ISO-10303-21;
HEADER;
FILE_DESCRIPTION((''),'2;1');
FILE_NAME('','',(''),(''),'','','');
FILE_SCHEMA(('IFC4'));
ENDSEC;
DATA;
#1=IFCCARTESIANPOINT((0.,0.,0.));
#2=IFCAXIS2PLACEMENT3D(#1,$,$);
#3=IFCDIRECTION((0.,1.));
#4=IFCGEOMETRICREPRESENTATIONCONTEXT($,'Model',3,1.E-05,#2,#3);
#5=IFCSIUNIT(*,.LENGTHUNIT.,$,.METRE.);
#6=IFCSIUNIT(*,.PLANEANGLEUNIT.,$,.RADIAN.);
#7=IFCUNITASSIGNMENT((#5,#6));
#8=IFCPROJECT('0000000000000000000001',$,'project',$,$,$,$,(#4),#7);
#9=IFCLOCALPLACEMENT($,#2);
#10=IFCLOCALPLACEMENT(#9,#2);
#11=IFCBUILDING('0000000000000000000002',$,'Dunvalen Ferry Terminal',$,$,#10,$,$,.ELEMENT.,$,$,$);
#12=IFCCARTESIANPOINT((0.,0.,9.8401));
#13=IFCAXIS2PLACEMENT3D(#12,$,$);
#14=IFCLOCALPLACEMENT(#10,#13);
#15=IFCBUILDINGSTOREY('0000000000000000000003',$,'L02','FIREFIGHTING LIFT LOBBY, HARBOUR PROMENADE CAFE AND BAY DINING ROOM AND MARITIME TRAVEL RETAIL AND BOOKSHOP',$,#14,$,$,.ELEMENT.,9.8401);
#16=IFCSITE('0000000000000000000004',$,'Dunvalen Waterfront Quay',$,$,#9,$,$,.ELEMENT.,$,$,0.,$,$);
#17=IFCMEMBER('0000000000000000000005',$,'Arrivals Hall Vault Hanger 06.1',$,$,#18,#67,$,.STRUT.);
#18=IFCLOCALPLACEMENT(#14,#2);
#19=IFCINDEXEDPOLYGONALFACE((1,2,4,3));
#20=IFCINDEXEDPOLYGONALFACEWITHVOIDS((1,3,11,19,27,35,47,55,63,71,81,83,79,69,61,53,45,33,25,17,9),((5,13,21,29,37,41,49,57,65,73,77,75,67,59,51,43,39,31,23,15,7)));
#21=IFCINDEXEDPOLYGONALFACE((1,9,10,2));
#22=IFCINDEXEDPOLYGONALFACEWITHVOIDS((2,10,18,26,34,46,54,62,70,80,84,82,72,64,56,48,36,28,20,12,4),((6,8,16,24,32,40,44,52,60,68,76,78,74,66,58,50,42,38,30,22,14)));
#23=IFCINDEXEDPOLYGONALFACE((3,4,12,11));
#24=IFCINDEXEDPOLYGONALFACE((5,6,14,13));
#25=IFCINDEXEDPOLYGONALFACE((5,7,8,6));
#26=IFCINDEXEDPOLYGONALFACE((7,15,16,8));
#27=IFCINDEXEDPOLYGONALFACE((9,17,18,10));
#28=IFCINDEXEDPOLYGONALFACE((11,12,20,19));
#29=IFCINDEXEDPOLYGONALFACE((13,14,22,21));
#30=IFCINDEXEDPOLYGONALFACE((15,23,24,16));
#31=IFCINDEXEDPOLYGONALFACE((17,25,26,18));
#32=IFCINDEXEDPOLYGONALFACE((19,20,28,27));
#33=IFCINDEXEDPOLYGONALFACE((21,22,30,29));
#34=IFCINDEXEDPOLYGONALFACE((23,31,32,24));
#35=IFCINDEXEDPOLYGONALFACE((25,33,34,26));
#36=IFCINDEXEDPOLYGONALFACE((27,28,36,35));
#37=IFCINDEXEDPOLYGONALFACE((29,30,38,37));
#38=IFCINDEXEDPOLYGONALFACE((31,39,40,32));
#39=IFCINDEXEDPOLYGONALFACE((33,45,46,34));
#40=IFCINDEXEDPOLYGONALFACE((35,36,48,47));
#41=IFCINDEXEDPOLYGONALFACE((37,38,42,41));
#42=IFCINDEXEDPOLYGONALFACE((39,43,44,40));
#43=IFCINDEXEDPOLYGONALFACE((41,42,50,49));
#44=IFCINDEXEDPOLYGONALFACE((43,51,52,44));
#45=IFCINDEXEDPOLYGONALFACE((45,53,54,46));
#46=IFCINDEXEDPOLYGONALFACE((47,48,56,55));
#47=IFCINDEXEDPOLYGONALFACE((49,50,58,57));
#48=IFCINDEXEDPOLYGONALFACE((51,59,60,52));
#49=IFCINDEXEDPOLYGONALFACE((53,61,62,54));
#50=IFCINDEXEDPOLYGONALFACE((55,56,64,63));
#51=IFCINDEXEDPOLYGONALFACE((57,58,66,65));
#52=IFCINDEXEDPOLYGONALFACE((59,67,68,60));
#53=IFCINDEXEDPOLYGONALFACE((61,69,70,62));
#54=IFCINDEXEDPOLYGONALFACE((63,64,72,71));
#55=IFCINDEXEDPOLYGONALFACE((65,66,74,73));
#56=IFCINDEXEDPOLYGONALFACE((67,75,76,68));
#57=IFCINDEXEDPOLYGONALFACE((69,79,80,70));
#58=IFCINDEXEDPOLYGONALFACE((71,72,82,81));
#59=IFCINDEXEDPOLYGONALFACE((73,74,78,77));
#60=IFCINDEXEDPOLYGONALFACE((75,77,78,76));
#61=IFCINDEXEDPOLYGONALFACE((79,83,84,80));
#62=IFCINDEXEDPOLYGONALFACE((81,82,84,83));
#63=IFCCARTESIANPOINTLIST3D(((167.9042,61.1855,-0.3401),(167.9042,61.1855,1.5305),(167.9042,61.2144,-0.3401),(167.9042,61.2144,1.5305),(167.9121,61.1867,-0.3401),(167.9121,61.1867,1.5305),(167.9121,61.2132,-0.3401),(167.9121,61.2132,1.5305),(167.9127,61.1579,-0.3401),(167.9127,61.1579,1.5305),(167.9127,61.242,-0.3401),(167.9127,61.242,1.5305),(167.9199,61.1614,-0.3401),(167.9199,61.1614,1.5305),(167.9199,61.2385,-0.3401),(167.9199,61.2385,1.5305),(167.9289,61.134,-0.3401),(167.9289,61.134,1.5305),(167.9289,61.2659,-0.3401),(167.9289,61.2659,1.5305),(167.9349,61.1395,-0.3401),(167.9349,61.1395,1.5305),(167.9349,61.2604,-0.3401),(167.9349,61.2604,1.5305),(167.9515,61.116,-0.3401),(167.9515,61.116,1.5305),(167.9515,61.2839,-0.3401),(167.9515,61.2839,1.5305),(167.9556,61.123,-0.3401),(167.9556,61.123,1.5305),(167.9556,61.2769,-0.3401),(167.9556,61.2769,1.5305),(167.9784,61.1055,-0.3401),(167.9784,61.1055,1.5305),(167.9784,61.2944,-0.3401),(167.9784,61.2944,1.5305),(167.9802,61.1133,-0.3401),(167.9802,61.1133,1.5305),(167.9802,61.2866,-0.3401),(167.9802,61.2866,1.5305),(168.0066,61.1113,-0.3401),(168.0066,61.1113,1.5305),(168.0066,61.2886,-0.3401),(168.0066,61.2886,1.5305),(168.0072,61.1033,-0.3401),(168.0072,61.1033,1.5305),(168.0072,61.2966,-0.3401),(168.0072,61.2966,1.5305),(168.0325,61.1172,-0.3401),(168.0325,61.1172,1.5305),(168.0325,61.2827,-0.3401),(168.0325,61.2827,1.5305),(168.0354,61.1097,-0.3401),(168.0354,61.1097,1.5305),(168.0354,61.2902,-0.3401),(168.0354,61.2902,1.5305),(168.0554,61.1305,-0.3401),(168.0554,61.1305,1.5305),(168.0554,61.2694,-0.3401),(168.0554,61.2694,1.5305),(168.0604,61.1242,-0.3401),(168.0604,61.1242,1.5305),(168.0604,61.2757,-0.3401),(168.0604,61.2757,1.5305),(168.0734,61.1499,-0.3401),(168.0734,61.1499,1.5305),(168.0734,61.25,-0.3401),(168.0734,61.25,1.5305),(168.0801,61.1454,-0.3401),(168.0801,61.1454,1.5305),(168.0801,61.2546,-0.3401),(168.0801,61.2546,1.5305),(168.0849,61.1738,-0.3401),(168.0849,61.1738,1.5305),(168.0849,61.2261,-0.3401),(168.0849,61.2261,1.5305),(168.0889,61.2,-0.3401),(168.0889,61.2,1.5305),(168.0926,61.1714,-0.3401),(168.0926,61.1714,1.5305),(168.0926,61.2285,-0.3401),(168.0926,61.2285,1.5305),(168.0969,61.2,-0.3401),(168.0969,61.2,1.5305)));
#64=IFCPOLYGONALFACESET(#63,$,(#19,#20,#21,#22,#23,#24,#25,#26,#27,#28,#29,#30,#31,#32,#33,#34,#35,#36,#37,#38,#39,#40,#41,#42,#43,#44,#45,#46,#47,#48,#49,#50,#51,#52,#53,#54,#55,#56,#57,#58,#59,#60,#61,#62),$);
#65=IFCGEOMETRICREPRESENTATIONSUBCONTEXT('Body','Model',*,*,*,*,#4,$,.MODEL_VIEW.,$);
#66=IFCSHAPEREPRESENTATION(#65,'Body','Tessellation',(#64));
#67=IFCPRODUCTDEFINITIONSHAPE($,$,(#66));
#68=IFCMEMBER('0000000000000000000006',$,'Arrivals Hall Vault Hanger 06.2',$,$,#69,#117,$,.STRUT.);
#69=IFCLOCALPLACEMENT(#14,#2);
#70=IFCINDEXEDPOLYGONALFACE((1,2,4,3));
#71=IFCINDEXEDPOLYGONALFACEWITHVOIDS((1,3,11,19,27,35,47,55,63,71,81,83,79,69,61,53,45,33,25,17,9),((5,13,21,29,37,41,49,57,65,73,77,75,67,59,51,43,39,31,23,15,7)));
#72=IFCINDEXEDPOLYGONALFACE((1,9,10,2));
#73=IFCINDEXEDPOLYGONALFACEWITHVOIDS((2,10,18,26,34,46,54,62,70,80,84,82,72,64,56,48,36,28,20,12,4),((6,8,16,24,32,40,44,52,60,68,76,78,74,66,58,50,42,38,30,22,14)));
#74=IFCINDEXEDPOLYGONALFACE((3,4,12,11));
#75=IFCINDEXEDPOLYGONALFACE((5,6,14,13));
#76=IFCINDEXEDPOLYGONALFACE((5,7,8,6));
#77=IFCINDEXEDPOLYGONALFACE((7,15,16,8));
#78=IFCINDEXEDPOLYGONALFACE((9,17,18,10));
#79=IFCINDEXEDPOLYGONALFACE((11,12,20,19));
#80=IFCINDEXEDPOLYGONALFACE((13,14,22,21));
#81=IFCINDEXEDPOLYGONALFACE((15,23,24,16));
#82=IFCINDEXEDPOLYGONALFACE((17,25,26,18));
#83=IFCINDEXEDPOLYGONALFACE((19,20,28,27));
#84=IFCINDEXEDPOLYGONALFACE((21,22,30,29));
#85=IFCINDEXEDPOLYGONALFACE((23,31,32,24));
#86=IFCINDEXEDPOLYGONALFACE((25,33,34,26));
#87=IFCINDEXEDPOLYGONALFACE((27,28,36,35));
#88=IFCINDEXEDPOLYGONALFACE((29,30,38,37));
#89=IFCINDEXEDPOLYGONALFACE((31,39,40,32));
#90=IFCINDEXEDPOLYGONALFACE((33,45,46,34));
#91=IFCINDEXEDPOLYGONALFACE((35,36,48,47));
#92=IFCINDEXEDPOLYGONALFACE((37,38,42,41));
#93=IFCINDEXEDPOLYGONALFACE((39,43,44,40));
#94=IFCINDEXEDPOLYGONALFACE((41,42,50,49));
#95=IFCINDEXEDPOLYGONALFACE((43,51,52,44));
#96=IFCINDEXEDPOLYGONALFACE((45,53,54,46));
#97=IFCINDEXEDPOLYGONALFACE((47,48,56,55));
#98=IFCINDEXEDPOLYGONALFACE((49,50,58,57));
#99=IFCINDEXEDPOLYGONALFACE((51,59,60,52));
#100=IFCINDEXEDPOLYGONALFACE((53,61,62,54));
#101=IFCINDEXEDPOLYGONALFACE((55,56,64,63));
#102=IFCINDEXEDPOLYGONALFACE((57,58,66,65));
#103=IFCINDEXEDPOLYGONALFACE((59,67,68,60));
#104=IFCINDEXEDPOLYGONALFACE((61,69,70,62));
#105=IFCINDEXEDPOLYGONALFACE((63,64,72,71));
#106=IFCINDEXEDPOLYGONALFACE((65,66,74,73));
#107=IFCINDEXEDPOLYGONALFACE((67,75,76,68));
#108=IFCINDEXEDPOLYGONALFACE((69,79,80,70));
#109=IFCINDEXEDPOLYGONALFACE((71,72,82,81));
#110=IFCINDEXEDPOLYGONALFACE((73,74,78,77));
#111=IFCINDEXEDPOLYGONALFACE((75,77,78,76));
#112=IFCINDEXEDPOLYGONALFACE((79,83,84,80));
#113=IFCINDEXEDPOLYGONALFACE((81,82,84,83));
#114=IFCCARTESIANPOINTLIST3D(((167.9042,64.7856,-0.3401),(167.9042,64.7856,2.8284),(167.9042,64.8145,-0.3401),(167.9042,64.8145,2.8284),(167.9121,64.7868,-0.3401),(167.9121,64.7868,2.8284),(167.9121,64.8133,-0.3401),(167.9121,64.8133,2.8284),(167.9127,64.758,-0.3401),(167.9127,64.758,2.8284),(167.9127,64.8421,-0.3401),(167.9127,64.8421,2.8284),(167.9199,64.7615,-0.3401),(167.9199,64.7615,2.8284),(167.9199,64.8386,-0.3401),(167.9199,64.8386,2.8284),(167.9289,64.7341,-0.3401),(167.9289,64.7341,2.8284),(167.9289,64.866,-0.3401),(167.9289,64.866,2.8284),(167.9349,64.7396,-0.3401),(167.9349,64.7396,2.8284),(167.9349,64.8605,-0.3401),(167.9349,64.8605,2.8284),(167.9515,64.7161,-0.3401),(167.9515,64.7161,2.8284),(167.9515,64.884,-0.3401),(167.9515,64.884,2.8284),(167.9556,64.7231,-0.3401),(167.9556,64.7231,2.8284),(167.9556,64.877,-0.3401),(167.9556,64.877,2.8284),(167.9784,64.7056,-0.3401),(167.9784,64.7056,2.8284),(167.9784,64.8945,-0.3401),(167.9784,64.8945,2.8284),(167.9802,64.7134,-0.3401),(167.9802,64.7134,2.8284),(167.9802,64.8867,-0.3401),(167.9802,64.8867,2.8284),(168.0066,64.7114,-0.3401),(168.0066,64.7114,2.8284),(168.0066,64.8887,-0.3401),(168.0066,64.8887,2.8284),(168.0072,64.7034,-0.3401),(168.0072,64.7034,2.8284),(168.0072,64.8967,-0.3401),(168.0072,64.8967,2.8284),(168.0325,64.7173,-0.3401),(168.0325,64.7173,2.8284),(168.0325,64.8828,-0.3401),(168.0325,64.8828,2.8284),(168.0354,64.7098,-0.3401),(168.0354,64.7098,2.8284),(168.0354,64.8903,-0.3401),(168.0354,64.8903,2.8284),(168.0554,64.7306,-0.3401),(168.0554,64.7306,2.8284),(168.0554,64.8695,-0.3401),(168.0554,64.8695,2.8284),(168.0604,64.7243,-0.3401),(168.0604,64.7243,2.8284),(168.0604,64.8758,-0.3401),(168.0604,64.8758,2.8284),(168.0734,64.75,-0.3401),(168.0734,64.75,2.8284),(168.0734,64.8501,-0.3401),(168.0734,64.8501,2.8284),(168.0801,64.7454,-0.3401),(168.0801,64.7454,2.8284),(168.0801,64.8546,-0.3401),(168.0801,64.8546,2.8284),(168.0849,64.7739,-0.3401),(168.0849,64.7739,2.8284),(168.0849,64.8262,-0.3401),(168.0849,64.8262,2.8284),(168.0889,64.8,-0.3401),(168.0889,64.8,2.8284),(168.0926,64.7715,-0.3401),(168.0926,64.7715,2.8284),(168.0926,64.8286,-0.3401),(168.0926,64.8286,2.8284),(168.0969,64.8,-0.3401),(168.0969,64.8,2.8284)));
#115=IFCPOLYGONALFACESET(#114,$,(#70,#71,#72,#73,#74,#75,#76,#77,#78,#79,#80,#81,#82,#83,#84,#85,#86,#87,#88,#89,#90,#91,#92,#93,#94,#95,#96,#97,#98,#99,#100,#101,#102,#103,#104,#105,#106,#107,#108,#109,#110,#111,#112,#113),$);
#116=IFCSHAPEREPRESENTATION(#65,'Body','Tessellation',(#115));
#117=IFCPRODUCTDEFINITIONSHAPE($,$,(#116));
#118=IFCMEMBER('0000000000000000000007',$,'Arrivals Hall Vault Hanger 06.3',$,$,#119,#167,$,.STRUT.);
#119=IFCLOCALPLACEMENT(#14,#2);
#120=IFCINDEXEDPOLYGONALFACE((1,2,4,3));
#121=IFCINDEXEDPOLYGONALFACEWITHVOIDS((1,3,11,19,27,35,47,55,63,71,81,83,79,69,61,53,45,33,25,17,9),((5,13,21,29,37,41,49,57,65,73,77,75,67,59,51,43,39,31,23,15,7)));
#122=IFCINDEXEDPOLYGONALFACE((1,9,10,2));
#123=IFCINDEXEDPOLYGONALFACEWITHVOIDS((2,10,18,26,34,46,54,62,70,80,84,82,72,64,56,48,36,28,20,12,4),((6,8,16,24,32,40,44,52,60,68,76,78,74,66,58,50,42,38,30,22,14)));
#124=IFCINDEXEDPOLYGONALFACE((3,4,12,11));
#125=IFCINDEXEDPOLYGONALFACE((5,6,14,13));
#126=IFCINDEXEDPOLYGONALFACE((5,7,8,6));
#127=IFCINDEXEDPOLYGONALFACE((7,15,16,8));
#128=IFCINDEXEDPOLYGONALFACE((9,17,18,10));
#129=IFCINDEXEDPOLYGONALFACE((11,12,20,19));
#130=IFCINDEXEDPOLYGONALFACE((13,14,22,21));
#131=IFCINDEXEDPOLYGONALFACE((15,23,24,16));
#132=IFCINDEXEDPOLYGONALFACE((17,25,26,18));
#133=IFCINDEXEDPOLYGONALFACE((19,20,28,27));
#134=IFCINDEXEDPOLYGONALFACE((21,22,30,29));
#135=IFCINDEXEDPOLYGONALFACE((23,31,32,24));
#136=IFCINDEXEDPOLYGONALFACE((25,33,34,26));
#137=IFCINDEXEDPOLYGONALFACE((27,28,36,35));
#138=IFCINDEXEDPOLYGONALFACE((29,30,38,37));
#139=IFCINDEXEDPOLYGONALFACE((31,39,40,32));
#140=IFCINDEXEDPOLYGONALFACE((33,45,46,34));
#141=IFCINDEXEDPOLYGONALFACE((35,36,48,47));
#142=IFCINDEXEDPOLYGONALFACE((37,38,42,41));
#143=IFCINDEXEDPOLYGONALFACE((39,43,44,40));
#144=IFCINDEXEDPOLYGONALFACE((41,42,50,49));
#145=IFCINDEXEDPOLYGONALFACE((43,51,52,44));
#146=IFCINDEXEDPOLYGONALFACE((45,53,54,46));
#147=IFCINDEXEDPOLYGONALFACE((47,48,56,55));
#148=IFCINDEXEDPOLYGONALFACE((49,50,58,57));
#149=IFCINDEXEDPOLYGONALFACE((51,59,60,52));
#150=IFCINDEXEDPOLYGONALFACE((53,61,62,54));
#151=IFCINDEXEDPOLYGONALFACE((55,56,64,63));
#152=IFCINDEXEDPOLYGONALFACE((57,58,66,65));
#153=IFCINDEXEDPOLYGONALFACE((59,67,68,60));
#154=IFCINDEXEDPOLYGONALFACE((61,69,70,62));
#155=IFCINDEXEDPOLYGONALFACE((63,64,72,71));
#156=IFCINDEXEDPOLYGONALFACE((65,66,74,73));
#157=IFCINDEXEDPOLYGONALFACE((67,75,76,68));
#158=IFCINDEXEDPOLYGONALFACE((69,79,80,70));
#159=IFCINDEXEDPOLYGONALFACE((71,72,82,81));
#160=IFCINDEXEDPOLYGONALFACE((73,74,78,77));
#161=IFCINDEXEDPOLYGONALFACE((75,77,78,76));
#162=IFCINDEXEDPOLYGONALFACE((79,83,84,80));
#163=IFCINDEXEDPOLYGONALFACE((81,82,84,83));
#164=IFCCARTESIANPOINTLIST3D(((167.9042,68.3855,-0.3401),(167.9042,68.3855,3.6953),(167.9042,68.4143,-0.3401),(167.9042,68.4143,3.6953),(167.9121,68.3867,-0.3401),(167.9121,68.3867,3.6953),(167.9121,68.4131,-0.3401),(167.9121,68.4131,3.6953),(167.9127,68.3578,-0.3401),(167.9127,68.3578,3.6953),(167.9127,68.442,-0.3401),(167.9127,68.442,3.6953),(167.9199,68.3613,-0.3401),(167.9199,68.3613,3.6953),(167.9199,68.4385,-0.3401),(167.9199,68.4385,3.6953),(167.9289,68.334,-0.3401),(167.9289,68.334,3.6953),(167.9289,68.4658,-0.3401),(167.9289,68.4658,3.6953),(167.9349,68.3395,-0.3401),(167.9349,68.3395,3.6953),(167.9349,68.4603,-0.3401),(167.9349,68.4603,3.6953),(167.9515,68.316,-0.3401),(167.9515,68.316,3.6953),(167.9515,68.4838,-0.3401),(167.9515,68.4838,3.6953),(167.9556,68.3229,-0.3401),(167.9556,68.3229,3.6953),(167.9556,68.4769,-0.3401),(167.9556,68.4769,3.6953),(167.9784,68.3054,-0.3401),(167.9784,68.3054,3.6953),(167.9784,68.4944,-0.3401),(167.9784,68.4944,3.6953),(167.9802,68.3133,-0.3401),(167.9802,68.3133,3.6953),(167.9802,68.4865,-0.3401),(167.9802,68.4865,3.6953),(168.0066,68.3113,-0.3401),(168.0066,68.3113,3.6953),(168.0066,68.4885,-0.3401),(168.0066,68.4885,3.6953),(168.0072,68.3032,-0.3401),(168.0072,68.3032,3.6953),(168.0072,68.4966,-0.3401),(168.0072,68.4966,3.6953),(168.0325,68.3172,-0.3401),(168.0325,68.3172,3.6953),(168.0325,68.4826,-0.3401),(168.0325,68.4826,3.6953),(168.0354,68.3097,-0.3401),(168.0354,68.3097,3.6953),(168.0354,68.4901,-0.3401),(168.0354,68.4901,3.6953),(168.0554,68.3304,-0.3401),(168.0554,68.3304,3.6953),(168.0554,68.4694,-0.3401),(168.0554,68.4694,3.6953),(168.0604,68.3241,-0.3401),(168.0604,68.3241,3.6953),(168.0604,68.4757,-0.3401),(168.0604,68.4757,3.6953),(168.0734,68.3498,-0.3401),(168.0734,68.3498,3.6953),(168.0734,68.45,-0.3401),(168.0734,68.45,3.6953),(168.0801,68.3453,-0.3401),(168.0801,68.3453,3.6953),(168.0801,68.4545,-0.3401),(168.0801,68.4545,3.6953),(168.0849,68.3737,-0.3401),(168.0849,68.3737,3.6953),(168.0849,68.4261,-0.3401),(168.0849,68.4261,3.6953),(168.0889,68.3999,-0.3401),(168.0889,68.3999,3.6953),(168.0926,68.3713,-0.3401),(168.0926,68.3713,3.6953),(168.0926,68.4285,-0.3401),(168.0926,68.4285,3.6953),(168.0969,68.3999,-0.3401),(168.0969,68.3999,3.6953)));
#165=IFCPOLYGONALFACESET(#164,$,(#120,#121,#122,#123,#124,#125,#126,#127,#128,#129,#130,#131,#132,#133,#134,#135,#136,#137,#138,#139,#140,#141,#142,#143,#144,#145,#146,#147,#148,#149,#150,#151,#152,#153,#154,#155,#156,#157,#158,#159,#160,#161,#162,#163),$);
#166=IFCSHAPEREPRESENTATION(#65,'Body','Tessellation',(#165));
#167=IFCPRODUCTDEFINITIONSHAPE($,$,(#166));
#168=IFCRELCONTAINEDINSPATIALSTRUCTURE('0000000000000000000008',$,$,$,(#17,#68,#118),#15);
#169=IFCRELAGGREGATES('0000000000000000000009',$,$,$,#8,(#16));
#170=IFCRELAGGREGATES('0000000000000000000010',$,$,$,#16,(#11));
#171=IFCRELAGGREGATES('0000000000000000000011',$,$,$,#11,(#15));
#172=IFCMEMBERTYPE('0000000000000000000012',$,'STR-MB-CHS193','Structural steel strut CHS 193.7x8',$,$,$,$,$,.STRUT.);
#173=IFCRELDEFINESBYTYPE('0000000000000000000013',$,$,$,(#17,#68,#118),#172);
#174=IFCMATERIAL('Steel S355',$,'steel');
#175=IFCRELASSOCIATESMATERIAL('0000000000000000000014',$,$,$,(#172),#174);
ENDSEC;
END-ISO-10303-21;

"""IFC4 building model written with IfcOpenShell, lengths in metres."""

from ifc_helpers import new_model, si_unit, direction, frame, origin, origin_2d, place, context, subcontext, project, spatial, hollow_circle, extrude, material, material_profile, profile_set, type_object, element, save


model = new_model("IFC4")

# Units and contexts
model_context = context("Model", 3, precision=1e-05, world=origin(), true_north=direction((0.0, 1.0)))
body_context = subcontext(model_context, "Body", "Model", "MODEL_VIEW")
ifc_project = project(units=[si_unit("LENGTHUNIT", "METRE"), si_unit("PLANEANGLEUNIT", "RADIAN")], contexts=[model_context])

# Site, building, storey
site_placement = place(None, origin())
site = spatial("IfcSite", under=ifc_project, at=site_placement, Name="Dunvalen Waterfront Quay", CompositionType="ELEMENT", RefElevation=0.0)
building_placement = place(site_placement, origin())
building = spatial("IfcBuilding", under=site, at=building_placement, Name="Dunvalen Ferry Terminal", CompositionType="ELEMENT")
storey_placement = place(building_placement, frame((0.0, 0.0, 9.8401)))
storey = spatial("IfcBuildingStorey", under=building, at=storey_placement, Name="L02", Description="FIREFIGHTING LIFT LOBBY, HARBOUR PROMENADE CAFE AND BAY DINING ROOM AND MARITIME TRAVEL RETAIL AND BOOKSHOP", CompositionType="ELEMENT", Elevation=9.8401)

# Shared definitions
ifc_material_1 = material(Name="Steel S355", Category="steel")

# Members
ifc_material_profile_1 = material_profile(ifc_material_1, hollow_circle(Radius=0.0969, WallThickness=0.0081, at=origin_2d()), Name="Steel S355")
ifc_profile_set_1 = profile_set([ifc_material_profile_1], Name="Steel S355")
member_type_1 = type_object("IfcMemberType", Name="STR-MB-CHS193", Description="Structural steel strut CHS 193.7x8", PredefinedType="STRUT", material=ifc_profile_set_1)
member_1_placement = place(storey_placement, frame((168.0, 61.2, -0.3401), z_axis=(0.0, 0.0, 1.0), x_axis=(1.0, 0.0, 0.0)))
element("IfcMember", 1, at=member_1_placement, inside=storey, type_object=member_type_1, Name="Arrivals Hall Vault Hanger 06.1", PredefinedType="STRUT", context=body_context, shape_type="SweptSolid", body=[
    extrude(hollow_circle(Radius=0.0969, WallThickness=0.0081, at=origin_2d()), origin(), (0.0, 0.0, 1.0), 1.8706),
])
member_2_placement = place(storey_placement, frame((168.0, 64.8, -0.3401), z_axis=(0.0, 0.0, 1.0), x_axis=(1.0, 0.0, 0.0)))
element("IfcMember", 2, at=member_2_placement, inside=storey, type_object=member_type_1, Name="Arrivals Hall Vault Hanger 06.2", PredefinedType="STRUT", context=body_context, shape_type="SweptSolid", body=[
    extrude(hollow_circle(Radius=0.0969, WallThickness=0.0081, at=origin_2d()), origin(), (0.0, 0.0, 1.0), 3.1685),
])
member_3_placement = place(storey_placement, frame((168.0, 68.3999, -0.3401), z_axis=(0.0, 0.0, 1.0), x_axis=(1.0, 0.0, 0.0)))
element("IfcMember", 3, at=member_3_placement, inside=storey, type_object=member_type_1, Name="Arrivals Hall Vault Hanger 06.3", PredefinedType="STRUT", context=body_context, shape_type="SweptSolid", body=[
    extrude(hollow_circle(Radius=0.0969, WallThickness=0.0081, at=origin_2d()), origin(), (0.0, 0.0, 1.0), 4.0354),
])

save(model, "model.ifc")
